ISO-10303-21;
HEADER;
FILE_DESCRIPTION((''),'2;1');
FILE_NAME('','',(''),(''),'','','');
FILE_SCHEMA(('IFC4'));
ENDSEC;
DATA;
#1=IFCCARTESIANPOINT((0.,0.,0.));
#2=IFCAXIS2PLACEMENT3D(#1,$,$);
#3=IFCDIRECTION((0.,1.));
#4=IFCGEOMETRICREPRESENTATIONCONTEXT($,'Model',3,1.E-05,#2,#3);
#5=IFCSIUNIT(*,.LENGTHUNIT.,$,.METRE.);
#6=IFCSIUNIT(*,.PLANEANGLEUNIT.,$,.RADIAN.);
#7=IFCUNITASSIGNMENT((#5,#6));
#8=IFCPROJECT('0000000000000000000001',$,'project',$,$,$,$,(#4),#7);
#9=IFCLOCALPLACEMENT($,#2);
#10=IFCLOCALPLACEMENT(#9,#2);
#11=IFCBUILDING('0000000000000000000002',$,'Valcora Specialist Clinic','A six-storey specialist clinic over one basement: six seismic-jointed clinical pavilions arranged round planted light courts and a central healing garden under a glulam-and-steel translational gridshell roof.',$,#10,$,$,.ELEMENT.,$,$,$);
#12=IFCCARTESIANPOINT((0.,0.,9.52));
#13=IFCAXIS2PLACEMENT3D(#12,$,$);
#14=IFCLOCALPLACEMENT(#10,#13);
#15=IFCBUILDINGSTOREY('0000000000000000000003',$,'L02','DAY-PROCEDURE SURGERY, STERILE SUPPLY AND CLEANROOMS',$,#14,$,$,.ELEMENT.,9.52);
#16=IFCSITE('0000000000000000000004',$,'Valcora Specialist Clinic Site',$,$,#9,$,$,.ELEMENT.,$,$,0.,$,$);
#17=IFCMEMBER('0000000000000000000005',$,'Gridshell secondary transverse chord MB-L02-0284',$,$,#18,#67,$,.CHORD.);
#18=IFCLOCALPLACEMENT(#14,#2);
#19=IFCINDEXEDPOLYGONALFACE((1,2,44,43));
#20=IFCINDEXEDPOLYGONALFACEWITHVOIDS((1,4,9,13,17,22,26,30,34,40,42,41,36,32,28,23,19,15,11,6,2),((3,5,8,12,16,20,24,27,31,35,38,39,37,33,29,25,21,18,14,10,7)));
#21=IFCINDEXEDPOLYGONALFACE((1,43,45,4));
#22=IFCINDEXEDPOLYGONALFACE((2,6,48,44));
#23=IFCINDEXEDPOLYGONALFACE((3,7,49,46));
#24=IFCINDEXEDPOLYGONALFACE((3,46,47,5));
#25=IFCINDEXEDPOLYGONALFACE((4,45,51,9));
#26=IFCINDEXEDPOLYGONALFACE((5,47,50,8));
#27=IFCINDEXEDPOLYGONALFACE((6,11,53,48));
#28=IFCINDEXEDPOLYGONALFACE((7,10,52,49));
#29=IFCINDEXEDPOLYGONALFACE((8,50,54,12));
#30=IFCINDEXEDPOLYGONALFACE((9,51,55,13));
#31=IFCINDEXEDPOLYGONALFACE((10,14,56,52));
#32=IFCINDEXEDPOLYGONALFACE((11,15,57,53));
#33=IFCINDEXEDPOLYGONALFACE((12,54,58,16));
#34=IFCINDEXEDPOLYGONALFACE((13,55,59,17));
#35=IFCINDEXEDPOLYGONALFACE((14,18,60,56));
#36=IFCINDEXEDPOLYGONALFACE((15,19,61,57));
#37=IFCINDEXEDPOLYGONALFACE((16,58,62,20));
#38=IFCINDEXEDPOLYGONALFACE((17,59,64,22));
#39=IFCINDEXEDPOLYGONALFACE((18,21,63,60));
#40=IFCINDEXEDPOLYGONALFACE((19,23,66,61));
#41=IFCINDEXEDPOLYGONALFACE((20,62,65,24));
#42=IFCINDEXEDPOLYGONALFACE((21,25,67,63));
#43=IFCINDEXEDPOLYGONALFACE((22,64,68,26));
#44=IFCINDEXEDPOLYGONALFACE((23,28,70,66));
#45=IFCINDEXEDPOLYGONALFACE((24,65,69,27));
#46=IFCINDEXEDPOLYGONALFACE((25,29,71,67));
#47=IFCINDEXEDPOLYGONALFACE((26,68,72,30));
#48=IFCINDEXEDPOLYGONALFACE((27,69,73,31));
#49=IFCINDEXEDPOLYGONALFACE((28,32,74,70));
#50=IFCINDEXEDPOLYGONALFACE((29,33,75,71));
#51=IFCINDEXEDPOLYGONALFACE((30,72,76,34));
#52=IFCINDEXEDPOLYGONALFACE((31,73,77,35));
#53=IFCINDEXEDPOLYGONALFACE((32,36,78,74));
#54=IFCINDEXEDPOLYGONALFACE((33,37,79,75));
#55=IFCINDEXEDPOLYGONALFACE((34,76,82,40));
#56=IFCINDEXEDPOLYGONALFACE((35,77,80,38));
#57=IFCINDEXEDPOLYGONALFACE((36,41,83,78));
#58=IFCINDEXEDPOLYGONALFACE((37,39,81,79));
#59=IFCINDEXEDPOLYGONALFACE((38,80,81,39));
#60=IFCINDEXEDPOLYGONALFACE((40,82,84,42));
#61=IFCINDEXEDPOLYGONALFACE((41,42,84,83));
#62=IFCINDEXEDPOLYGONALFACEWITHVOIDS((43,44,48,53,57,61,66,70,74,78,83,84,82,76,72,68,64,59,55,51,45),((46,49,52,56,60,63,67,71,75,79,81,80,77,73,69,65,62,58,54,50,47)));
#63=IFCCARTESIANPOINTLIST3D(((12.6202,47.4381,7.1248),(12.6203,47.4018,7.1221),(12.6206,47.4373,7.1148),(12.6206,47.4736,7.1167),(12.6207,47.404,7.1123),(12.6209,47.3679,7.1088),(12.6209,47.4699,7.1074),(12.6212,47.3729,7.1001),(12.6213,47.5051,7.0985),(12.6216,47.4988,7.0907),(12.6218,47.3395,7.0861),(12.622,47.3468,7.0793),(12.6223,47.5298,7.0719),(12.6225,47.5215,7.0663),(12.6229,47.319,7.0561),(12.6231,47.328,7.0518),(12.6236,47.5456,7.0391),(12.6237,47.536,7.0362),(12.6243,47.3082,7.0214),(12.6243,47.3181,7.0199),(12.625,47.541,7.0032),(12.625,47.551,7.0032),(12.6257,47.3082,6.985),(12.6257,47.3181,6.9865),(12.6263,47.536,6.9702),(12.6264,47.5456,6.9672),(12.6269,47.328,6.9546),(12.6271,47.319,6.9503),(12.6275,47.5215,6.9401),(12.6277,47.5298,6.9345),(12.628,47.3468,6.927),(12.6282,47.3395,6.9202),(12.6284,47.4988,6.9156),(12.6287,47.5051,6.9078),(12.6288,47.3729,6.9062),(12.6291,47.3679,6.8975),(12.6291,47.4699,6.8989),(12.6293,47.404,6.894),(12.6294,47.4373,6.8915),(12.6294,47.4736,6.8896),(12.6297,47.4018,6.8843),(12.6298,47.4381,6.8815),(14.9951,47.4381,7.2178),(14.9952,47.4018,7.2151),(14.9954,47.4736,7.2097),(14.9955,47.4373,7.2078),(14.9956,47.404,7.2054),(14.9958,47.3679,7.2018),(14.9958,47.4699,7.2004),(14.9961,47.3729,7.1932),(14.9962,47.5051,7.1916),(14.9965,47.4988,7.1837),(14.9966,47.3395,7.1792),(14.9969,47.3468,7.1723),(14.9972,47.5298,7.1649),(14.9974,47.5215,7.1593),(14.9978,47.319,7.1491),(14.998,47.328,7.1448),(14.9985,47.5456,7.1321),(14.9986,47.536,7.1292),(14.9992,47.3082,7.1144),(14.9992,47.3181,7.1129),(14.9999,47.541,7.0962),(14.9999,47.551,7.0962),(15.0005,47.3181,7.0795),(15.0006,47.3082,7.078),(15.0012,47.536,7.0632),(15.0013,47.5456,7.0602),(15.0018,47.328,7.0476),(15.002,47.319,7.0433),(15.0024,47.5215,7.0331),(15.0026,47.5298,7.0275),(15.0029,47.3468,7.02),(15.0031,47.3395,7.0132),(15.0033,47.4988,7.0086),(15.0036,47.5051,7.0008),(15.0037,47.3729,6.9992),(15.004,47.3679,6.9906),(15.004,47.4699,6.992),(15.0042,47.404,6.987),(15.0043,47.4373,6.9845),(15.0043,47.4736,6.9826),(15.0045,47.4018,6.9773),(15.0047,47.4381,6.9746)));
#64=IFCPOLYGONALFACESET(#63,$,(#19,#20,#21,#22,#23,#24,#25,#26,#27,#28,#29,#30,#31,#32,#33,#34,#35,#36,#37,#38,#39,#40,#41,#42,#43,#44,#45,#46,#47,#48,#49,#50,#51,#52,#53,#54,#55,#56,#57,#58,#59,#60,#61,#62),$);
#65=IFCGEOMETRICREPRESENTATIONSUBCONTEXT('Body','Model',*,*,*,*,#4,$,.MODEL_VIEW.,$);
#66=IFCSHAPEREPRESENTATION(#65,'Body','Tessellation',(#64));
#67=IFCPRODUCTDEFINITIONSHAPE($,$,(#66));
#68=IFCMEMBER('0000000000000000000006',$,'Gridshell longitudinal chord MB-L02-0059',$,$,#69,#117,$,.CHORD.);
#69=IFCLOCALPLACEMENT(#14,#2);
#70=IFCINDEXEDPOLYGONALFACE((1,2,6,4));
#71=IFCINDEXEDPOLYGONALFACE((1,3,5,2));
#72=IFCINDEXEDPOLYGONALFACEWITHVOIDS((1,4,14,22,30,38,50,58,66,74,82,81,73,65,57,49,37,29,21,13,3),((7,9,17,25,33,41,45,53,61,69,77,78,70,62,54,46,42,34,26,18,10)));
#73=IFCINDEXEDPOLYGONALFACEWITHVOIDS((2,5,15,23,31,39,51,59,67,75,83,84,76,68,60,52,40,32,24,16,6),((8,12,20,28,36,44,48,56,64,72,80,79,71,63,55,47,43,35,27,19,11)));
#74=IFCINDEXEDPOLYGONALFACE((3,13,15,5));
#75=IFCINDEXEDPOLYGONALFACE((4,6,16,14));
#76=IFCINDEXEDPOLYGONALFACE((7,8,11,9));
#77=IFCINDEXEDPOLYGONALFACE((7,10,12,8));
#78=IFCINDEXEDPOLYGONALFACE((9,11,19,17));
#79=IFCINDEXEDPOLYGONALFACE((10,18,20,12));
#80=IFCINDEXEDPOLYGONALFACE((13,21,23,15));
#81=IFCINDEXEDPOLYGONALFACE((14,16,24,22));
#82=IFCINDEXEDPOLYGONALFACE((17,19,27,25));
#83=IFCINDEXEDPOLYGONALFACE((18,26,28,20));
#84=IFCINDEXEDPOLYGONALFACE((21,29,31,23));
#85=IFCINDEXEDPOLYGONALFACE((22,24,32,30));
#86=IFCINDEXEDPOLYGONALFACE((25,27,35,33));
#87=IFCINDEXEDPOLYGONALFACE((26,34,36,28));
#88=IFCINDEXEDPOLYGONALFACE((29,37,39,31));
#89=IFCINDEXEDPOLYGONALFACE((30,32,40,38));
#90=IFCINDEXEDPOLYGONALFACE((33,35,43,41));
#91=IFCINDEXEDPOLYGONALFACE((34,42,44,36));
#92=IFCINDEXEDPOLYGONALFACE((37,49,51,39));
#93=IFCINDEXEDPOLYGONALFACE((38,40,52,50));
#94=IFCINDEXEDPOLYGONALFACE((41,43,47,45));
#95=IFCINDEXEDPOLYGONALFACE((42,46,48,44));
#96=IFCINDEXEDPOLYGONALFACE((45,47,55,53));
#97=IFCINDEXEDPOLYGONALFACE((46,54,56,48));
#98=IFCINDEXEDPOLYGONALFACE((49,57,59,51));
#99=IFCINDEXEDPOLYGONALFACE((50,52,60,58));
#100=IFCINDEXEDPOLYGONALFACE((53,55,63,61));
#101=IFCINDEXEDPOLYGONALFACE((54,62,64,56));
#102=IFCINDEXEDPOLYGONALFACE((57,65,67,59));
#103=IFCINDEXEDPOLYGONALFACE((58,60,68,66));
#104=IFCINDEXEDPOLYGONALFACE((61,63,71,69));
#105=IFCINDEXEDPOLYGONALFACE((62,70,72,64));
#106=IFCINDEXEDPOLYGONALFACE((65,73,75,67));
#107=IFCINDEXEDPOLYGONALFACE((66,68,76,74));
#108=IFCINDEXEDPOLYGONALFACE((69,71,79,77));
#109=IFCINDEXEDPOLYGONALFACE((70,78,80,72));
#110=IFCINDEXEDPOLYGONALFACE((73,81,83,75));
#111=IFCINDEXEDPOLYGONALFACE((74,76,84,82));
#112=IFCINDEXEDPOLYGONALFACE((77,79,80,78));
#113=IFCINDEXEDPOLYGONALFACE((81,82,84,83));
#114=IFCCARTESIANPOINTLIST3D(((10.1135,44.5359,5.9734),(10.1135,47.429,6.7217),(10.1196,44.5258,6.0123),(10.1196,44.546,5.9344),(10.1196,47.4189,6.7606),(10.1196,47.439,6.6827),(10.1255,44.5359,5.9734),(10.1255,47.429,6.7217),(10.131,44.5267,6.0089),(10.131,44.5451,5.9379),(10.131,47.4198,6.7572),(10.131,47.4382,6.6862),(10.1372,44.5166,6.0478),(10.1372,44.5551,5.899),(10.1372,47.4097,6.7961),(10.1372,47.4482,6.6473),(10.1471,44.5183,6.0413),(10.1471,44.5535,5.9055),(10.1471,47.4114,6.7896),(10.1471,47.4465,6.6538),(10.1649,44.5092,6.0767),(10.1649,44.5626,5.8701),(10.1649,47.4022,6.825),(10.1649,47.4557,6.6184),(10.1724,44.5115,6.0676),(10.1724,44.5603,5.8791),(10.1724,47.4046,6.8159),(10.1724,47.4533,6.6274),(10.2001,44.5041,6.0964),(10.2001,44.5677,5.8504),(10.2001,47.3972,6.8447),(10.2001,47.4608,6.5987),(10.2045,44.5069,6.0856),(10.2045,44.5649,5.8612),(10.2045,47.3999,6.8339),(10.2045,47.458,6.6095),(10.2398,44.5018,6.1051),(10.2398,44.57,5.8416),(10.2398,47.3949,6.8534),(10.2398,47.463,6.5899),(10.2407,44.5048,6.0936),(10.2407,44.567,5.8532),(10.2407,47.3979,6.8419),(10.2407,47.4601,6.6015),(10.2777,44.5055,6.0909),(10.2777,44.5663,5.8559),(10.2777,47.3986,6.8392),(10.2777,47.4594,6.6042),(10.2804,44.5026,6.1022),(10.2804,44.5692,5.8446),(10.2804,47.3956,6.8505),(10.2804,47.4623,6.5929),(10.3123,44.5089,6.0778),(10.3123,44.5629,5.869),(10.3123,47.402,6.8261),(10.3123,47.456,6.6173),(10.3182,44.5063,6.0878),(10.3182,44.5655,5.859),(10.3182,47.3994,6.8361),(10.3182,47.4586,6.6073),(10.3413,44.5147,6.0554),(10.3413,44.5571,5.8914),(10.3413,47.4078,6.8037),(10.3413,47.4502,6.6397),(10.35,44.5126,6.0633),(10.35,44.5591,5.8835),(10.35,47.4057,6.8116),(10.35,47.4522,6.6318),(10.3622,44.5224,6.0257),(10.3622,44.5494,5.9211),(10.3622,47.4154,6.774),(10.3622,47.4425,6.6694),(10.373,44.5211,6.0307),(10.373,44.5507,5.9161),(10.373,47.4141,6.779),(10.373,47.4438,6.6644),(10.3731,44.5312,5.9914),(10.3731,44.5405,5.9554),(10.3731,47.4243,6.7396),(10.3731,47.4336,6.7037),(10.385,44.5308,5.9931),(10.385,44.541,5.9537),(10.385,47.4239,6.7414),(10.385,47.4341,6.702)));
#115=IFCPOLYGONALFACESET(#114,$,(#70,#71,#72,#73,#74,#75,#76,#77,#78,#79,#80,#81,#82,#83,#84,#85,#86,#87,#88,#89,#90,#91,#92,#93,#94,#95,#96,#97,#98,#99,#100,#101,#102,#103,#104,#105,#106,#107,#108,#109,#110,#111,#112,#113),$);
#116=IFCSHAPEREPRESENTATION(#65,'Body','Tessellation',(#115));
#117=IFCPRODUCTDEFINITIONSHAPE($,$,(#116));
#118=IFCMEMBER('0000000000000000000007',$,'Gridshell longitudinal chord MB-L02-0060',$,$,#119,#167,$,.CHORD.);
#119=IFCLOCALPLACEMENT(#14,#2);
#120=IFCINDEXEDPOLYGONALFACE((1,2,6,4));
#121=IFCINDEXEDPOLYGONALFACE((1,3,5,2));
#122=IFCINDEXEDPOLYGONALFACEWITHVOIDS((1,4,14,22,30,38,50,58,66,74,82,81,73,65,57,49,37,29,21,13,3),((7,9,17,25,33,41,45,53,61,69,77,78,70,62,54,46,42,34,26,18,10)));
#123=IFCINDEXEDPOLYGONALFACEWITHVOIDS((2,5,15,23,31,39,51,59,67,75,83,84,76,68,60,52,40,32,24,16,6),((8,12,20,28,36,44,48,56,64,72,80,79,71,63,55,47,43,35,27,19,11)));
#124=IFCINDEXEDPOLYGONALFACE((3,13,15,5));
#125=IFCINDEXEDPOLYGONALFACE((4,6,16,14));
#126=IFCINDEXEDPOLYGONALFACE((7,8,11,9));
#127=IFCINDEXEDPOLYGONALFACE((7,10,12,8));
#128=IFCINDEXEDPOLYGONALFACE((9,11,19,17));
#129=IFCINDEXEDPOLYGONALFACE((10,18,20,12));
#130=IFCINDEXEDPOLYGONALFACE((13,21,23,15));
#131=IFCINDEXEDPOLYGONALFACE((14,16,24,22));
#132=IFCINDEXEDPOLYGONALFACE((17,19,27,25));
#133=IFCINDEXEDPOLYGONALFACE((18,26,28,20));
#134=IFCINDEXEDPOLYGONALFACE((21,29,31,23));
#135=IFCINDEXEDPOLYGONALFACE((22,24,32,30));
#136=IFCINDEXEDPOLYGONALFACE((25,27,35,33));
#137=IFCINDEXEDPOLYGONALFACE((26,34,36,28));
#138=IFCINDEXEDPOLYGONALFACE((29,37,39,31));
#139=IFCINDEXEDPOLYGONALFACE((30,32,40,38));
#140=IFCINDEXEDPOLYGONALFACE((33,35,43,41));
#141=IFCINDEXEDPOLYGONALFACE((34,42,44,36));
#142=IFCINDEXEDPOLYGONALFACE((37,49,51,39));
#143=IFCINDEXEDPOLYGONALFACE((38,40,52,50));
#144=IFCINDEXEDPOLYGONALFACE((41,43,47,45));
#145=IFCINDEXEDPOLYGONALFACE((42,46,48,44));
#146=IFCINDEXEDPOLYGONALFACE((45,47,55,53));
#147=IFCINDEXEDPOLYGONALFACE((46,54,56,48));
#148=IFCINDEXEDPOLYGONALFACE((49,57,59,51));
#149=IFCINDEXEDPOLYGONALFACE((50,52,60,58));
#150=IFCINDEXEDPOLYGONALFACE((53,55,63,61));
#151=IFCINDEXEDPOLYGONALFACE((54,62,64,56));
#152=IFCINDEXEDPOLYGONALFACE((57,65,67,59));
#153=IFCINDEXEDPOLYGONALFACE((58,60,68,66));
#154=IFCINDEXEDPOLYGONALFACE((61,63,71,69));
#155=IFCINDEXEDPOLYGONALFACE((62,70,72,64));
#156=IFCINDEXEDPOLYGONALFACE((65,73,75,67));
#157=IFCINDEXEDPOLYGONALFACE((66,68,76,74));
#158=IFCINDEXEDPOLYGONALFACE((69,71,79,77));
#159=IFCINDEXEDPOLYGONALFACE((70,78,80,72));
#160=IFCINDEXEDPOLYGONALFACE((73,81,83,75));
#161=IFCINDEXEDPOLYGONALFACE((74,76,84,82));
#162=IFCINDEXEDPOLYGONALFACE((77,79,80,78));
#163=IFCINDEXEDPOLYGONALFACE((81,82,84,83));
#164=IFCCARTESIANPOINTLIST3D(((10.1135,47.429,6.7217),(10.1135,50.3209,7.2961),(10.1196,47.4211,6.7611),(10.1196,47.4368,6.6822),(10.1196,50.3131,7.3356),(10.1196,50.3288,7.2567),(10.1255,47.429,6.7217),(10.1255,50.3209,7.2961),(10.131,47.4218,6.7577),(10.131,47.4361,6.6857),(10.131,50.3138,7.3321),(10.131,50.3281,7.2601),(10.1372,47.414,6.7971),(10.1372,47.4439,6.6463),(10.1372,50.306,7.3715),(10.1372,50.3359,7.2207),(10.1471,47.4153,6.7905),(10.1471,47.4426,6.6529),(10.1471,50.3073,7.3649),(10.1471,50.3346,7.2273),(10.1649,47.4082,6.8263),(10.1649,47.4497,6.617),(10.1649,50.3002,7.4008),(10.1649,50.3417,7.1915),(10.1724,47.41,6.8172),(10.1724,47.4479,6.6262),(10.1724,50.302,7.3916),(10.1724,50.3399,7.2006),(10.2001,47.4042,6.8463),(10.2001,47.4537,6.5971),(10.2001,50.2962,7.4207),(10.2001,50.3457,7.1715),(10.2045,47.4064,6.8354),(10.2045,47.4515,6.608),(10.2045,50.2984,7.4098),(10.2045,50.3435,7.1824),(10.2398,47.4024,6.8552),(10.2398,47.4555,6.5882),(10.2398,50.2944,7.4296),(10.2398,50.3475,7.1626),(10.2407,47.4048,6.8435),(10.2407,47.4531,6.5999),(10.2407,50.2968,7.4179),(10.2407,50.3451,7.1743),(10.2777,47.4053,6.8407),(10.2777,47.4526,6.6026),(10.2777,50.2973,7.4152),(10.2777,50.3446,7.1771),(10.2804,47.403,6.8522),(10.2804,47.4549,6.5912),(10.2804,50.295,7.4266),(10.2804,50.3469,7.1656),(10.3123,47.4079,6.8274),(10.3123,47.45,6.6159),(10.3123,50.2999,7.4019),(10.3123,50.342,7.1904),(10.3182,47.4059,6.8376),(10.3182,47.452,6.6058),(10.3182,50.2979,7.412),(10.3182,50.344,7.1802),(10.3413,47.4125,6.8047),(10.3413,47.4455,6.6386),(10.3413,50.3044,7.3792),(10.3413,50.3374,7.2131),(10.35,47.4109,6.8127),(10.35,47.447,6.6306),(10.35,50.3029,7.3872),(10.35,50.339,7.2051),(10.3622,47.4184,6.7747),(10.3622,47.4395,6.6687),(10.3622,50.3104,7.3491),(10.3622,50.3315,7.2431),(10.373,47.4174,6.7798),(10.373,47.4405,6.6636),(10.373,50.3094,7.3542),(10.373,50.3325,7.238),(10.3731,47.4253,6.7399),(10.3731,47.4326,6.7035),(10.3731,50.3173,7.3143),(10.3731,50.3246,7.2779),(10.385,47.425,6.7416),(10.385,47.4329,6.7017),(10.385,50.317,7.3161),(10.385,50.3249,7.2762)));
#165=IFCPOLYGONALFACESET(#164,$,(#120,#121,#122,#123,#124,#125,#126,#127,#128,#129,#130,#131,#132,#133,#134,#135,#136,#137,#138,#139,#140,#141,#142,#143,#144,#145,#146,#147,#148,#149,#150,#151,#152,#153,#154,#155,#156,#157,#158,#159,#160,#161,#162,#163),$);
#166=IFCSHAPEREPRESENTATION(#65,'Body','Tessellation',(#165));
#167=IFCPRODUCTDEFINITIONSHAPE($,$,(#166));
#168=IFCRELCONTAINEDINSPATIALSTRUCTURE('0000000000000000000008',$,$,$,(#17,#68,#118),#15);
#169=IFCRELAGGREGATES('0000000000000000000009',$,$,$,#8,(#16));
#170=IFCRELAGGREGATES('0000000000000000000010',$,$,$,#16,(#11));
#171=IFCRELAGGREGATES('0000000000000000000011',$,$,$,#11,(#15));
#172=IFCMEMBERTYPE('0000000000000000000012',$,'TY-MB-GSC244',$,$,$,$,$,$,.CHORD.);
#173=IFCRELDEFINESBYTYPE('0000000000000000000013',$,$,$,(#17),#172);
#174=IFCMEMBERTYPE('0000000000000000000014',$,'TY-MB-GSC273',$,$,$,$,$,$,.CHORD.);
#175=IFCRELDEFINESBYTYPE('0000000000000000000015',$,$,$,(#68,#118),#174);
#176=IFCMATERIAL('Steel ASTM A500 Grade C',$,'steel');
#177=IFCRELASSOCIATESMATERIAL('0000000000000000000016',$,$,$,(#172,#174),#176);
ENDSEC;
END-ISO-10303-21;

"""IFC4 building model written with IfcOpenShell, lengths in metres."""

from ifc_helpers import new_model, si_unit, direction, frame, origin, origin_2d, place, context, subcontext, project, spatial, hollow_circle, extrude, material, material_profile, profile_set, type_object, element, save


model = new_model("IFC4")

# Units and contexts
model_context = context("Model", 3, precision=1e-05, world=origin(), true_north=direction((0.0, 1.0)))
body_context = subcontext(model_context, "Body", "Model", "MODEL_VIEW")
ifc_project = project(units=[si_unit("LENGTHUNIT", "METRE"), si_unit("PLANEANGLEUNIT", "RADIAN")], contexts=[model_context])

# Site, building, storey
site_placement = place(None, origin())
site = spatial("IfcSite", under=ifc_project, at=site_placement, Name="Valcora Specialist Clinic Site", CompositionType="ELEMENT", RefElevation=0.0)
building_placement = place(site_placement, origin())
building = spatial("IfcBuilding", under=site, at=building_placement, Name="Valcora Specialist Clinic", Description="A six-storey specialist clinic over one basement: six seismic-jointed clinical pavilions arranged round planted light courts and a central healing garden under a glulam-and-steel translational gridshell roof.", CompositionType="ELEMENT")
storey_placement = place(building_placement, frame((0.0, 0.0, 9.52)))
storey = spatial("IfcBuildingStorey", under=building, at=storey_placement, Name="L02", Description="DAY-PROCEDURE SURGERY, STERILE SUPPLY AND CLEANROOMS", CompositionType="ELEMENT", Elevation=9.52)

# Members
ifc_material_1 = material(Name="Steel ASTM A500 Grade C", Category="steel")
ifc_material_profile_1 = material_profile(ifc_material_1, hollow_circle(Radius=0.1221, WallThickness=0.01, at=origin_2d()), Name="ST-CHS-244X10")
ifc_profile_set_1 = profile_set([ifc_material_profile_1], Name="Steel ASTM A500 Grade C")
member_type_1 = type_object("IfcMemberType", Name="TY-MB-GSC244", PredefinedType="CHORD", material=ifc_profile_set_1)
member_1_placement = place(storey_placement, frame((12.625, 47.429, 7.0032), z_axis=(0.999234, 0.0, 0.039135), x_axis=(0.0, 1.0, 0.0)))
element("IfcMember", 1, at=member_1_placement, inside=storey, type_object=member_type_1, Name="Gridshell secondary transverse chord MB-L02-0284", PredefinedType="CHORD", context=body_context, shape_type="SweptSolid", body=[
    extrude(hollow_circle(Radius=0.1221, WallThickness=0.01, at=origin_2d()), origin(), (0.0, 0.0, 1.0), 2.3767),
])
ifc_material_profile_2 = material_profile(ifc_material_1, hollow_circle(Radius=0.1365, WallThickness=0.012, at=origin_2d()), Name="ST-CHS-273X12")
ifc_profile_set_2 = profile_set([ifc_material_profile_2], Name="Steel ASTM A500 Grade C")
member_type_2 = type_object("IfcMemberType", Name="TY-MB-GSC273", PredefinedType="CHORD", material=ifc_profile_set_2)
member_2_placement = place(storey_placement, frame((10.25, 44.5359, 5.9734), z_axis=(0.0, 0.96814, 0.250409), x_axis=(-1.0, 0.0, 0.0)))
element("IfcMember", 2, at=member_2_placement, inside=storey, type_object=member_type_2, Name="Gridshell longitudinal chord MB-L02-0059", PredefinedType="CHORD", context=body_context, shape_type="SweptSolid", body=[
    extrude(hollow_circle(Radius=0.1365, WallThickness=0.012, at=origin_2d()), origin(), (0.0, 0.0, 1.0), 2.9883),
])
member_3_placement = place(storey_placement, frame((10.25, 47.429, 6.7217), z_axis=(0.0, 0.980838, 0.194826), x_axis=(-1.0, 0.0, 0.0)))
element("IfcMember", 3, at=member_3_placement, inside=storey, type_object=member_type_2, Name="Gridshell longitudinal chord MB-L02-0060", PredefinedType="CHORD", context=body_context, shape_type="SweptSolid", body=[
    extrude(hollow_circle(Radius=0.1365, WallThickness=0.012, at=origin_2d()), origin(), (0.0, 0.0, 1.0), 2.9485),
])

save(model, "model.ifc")
